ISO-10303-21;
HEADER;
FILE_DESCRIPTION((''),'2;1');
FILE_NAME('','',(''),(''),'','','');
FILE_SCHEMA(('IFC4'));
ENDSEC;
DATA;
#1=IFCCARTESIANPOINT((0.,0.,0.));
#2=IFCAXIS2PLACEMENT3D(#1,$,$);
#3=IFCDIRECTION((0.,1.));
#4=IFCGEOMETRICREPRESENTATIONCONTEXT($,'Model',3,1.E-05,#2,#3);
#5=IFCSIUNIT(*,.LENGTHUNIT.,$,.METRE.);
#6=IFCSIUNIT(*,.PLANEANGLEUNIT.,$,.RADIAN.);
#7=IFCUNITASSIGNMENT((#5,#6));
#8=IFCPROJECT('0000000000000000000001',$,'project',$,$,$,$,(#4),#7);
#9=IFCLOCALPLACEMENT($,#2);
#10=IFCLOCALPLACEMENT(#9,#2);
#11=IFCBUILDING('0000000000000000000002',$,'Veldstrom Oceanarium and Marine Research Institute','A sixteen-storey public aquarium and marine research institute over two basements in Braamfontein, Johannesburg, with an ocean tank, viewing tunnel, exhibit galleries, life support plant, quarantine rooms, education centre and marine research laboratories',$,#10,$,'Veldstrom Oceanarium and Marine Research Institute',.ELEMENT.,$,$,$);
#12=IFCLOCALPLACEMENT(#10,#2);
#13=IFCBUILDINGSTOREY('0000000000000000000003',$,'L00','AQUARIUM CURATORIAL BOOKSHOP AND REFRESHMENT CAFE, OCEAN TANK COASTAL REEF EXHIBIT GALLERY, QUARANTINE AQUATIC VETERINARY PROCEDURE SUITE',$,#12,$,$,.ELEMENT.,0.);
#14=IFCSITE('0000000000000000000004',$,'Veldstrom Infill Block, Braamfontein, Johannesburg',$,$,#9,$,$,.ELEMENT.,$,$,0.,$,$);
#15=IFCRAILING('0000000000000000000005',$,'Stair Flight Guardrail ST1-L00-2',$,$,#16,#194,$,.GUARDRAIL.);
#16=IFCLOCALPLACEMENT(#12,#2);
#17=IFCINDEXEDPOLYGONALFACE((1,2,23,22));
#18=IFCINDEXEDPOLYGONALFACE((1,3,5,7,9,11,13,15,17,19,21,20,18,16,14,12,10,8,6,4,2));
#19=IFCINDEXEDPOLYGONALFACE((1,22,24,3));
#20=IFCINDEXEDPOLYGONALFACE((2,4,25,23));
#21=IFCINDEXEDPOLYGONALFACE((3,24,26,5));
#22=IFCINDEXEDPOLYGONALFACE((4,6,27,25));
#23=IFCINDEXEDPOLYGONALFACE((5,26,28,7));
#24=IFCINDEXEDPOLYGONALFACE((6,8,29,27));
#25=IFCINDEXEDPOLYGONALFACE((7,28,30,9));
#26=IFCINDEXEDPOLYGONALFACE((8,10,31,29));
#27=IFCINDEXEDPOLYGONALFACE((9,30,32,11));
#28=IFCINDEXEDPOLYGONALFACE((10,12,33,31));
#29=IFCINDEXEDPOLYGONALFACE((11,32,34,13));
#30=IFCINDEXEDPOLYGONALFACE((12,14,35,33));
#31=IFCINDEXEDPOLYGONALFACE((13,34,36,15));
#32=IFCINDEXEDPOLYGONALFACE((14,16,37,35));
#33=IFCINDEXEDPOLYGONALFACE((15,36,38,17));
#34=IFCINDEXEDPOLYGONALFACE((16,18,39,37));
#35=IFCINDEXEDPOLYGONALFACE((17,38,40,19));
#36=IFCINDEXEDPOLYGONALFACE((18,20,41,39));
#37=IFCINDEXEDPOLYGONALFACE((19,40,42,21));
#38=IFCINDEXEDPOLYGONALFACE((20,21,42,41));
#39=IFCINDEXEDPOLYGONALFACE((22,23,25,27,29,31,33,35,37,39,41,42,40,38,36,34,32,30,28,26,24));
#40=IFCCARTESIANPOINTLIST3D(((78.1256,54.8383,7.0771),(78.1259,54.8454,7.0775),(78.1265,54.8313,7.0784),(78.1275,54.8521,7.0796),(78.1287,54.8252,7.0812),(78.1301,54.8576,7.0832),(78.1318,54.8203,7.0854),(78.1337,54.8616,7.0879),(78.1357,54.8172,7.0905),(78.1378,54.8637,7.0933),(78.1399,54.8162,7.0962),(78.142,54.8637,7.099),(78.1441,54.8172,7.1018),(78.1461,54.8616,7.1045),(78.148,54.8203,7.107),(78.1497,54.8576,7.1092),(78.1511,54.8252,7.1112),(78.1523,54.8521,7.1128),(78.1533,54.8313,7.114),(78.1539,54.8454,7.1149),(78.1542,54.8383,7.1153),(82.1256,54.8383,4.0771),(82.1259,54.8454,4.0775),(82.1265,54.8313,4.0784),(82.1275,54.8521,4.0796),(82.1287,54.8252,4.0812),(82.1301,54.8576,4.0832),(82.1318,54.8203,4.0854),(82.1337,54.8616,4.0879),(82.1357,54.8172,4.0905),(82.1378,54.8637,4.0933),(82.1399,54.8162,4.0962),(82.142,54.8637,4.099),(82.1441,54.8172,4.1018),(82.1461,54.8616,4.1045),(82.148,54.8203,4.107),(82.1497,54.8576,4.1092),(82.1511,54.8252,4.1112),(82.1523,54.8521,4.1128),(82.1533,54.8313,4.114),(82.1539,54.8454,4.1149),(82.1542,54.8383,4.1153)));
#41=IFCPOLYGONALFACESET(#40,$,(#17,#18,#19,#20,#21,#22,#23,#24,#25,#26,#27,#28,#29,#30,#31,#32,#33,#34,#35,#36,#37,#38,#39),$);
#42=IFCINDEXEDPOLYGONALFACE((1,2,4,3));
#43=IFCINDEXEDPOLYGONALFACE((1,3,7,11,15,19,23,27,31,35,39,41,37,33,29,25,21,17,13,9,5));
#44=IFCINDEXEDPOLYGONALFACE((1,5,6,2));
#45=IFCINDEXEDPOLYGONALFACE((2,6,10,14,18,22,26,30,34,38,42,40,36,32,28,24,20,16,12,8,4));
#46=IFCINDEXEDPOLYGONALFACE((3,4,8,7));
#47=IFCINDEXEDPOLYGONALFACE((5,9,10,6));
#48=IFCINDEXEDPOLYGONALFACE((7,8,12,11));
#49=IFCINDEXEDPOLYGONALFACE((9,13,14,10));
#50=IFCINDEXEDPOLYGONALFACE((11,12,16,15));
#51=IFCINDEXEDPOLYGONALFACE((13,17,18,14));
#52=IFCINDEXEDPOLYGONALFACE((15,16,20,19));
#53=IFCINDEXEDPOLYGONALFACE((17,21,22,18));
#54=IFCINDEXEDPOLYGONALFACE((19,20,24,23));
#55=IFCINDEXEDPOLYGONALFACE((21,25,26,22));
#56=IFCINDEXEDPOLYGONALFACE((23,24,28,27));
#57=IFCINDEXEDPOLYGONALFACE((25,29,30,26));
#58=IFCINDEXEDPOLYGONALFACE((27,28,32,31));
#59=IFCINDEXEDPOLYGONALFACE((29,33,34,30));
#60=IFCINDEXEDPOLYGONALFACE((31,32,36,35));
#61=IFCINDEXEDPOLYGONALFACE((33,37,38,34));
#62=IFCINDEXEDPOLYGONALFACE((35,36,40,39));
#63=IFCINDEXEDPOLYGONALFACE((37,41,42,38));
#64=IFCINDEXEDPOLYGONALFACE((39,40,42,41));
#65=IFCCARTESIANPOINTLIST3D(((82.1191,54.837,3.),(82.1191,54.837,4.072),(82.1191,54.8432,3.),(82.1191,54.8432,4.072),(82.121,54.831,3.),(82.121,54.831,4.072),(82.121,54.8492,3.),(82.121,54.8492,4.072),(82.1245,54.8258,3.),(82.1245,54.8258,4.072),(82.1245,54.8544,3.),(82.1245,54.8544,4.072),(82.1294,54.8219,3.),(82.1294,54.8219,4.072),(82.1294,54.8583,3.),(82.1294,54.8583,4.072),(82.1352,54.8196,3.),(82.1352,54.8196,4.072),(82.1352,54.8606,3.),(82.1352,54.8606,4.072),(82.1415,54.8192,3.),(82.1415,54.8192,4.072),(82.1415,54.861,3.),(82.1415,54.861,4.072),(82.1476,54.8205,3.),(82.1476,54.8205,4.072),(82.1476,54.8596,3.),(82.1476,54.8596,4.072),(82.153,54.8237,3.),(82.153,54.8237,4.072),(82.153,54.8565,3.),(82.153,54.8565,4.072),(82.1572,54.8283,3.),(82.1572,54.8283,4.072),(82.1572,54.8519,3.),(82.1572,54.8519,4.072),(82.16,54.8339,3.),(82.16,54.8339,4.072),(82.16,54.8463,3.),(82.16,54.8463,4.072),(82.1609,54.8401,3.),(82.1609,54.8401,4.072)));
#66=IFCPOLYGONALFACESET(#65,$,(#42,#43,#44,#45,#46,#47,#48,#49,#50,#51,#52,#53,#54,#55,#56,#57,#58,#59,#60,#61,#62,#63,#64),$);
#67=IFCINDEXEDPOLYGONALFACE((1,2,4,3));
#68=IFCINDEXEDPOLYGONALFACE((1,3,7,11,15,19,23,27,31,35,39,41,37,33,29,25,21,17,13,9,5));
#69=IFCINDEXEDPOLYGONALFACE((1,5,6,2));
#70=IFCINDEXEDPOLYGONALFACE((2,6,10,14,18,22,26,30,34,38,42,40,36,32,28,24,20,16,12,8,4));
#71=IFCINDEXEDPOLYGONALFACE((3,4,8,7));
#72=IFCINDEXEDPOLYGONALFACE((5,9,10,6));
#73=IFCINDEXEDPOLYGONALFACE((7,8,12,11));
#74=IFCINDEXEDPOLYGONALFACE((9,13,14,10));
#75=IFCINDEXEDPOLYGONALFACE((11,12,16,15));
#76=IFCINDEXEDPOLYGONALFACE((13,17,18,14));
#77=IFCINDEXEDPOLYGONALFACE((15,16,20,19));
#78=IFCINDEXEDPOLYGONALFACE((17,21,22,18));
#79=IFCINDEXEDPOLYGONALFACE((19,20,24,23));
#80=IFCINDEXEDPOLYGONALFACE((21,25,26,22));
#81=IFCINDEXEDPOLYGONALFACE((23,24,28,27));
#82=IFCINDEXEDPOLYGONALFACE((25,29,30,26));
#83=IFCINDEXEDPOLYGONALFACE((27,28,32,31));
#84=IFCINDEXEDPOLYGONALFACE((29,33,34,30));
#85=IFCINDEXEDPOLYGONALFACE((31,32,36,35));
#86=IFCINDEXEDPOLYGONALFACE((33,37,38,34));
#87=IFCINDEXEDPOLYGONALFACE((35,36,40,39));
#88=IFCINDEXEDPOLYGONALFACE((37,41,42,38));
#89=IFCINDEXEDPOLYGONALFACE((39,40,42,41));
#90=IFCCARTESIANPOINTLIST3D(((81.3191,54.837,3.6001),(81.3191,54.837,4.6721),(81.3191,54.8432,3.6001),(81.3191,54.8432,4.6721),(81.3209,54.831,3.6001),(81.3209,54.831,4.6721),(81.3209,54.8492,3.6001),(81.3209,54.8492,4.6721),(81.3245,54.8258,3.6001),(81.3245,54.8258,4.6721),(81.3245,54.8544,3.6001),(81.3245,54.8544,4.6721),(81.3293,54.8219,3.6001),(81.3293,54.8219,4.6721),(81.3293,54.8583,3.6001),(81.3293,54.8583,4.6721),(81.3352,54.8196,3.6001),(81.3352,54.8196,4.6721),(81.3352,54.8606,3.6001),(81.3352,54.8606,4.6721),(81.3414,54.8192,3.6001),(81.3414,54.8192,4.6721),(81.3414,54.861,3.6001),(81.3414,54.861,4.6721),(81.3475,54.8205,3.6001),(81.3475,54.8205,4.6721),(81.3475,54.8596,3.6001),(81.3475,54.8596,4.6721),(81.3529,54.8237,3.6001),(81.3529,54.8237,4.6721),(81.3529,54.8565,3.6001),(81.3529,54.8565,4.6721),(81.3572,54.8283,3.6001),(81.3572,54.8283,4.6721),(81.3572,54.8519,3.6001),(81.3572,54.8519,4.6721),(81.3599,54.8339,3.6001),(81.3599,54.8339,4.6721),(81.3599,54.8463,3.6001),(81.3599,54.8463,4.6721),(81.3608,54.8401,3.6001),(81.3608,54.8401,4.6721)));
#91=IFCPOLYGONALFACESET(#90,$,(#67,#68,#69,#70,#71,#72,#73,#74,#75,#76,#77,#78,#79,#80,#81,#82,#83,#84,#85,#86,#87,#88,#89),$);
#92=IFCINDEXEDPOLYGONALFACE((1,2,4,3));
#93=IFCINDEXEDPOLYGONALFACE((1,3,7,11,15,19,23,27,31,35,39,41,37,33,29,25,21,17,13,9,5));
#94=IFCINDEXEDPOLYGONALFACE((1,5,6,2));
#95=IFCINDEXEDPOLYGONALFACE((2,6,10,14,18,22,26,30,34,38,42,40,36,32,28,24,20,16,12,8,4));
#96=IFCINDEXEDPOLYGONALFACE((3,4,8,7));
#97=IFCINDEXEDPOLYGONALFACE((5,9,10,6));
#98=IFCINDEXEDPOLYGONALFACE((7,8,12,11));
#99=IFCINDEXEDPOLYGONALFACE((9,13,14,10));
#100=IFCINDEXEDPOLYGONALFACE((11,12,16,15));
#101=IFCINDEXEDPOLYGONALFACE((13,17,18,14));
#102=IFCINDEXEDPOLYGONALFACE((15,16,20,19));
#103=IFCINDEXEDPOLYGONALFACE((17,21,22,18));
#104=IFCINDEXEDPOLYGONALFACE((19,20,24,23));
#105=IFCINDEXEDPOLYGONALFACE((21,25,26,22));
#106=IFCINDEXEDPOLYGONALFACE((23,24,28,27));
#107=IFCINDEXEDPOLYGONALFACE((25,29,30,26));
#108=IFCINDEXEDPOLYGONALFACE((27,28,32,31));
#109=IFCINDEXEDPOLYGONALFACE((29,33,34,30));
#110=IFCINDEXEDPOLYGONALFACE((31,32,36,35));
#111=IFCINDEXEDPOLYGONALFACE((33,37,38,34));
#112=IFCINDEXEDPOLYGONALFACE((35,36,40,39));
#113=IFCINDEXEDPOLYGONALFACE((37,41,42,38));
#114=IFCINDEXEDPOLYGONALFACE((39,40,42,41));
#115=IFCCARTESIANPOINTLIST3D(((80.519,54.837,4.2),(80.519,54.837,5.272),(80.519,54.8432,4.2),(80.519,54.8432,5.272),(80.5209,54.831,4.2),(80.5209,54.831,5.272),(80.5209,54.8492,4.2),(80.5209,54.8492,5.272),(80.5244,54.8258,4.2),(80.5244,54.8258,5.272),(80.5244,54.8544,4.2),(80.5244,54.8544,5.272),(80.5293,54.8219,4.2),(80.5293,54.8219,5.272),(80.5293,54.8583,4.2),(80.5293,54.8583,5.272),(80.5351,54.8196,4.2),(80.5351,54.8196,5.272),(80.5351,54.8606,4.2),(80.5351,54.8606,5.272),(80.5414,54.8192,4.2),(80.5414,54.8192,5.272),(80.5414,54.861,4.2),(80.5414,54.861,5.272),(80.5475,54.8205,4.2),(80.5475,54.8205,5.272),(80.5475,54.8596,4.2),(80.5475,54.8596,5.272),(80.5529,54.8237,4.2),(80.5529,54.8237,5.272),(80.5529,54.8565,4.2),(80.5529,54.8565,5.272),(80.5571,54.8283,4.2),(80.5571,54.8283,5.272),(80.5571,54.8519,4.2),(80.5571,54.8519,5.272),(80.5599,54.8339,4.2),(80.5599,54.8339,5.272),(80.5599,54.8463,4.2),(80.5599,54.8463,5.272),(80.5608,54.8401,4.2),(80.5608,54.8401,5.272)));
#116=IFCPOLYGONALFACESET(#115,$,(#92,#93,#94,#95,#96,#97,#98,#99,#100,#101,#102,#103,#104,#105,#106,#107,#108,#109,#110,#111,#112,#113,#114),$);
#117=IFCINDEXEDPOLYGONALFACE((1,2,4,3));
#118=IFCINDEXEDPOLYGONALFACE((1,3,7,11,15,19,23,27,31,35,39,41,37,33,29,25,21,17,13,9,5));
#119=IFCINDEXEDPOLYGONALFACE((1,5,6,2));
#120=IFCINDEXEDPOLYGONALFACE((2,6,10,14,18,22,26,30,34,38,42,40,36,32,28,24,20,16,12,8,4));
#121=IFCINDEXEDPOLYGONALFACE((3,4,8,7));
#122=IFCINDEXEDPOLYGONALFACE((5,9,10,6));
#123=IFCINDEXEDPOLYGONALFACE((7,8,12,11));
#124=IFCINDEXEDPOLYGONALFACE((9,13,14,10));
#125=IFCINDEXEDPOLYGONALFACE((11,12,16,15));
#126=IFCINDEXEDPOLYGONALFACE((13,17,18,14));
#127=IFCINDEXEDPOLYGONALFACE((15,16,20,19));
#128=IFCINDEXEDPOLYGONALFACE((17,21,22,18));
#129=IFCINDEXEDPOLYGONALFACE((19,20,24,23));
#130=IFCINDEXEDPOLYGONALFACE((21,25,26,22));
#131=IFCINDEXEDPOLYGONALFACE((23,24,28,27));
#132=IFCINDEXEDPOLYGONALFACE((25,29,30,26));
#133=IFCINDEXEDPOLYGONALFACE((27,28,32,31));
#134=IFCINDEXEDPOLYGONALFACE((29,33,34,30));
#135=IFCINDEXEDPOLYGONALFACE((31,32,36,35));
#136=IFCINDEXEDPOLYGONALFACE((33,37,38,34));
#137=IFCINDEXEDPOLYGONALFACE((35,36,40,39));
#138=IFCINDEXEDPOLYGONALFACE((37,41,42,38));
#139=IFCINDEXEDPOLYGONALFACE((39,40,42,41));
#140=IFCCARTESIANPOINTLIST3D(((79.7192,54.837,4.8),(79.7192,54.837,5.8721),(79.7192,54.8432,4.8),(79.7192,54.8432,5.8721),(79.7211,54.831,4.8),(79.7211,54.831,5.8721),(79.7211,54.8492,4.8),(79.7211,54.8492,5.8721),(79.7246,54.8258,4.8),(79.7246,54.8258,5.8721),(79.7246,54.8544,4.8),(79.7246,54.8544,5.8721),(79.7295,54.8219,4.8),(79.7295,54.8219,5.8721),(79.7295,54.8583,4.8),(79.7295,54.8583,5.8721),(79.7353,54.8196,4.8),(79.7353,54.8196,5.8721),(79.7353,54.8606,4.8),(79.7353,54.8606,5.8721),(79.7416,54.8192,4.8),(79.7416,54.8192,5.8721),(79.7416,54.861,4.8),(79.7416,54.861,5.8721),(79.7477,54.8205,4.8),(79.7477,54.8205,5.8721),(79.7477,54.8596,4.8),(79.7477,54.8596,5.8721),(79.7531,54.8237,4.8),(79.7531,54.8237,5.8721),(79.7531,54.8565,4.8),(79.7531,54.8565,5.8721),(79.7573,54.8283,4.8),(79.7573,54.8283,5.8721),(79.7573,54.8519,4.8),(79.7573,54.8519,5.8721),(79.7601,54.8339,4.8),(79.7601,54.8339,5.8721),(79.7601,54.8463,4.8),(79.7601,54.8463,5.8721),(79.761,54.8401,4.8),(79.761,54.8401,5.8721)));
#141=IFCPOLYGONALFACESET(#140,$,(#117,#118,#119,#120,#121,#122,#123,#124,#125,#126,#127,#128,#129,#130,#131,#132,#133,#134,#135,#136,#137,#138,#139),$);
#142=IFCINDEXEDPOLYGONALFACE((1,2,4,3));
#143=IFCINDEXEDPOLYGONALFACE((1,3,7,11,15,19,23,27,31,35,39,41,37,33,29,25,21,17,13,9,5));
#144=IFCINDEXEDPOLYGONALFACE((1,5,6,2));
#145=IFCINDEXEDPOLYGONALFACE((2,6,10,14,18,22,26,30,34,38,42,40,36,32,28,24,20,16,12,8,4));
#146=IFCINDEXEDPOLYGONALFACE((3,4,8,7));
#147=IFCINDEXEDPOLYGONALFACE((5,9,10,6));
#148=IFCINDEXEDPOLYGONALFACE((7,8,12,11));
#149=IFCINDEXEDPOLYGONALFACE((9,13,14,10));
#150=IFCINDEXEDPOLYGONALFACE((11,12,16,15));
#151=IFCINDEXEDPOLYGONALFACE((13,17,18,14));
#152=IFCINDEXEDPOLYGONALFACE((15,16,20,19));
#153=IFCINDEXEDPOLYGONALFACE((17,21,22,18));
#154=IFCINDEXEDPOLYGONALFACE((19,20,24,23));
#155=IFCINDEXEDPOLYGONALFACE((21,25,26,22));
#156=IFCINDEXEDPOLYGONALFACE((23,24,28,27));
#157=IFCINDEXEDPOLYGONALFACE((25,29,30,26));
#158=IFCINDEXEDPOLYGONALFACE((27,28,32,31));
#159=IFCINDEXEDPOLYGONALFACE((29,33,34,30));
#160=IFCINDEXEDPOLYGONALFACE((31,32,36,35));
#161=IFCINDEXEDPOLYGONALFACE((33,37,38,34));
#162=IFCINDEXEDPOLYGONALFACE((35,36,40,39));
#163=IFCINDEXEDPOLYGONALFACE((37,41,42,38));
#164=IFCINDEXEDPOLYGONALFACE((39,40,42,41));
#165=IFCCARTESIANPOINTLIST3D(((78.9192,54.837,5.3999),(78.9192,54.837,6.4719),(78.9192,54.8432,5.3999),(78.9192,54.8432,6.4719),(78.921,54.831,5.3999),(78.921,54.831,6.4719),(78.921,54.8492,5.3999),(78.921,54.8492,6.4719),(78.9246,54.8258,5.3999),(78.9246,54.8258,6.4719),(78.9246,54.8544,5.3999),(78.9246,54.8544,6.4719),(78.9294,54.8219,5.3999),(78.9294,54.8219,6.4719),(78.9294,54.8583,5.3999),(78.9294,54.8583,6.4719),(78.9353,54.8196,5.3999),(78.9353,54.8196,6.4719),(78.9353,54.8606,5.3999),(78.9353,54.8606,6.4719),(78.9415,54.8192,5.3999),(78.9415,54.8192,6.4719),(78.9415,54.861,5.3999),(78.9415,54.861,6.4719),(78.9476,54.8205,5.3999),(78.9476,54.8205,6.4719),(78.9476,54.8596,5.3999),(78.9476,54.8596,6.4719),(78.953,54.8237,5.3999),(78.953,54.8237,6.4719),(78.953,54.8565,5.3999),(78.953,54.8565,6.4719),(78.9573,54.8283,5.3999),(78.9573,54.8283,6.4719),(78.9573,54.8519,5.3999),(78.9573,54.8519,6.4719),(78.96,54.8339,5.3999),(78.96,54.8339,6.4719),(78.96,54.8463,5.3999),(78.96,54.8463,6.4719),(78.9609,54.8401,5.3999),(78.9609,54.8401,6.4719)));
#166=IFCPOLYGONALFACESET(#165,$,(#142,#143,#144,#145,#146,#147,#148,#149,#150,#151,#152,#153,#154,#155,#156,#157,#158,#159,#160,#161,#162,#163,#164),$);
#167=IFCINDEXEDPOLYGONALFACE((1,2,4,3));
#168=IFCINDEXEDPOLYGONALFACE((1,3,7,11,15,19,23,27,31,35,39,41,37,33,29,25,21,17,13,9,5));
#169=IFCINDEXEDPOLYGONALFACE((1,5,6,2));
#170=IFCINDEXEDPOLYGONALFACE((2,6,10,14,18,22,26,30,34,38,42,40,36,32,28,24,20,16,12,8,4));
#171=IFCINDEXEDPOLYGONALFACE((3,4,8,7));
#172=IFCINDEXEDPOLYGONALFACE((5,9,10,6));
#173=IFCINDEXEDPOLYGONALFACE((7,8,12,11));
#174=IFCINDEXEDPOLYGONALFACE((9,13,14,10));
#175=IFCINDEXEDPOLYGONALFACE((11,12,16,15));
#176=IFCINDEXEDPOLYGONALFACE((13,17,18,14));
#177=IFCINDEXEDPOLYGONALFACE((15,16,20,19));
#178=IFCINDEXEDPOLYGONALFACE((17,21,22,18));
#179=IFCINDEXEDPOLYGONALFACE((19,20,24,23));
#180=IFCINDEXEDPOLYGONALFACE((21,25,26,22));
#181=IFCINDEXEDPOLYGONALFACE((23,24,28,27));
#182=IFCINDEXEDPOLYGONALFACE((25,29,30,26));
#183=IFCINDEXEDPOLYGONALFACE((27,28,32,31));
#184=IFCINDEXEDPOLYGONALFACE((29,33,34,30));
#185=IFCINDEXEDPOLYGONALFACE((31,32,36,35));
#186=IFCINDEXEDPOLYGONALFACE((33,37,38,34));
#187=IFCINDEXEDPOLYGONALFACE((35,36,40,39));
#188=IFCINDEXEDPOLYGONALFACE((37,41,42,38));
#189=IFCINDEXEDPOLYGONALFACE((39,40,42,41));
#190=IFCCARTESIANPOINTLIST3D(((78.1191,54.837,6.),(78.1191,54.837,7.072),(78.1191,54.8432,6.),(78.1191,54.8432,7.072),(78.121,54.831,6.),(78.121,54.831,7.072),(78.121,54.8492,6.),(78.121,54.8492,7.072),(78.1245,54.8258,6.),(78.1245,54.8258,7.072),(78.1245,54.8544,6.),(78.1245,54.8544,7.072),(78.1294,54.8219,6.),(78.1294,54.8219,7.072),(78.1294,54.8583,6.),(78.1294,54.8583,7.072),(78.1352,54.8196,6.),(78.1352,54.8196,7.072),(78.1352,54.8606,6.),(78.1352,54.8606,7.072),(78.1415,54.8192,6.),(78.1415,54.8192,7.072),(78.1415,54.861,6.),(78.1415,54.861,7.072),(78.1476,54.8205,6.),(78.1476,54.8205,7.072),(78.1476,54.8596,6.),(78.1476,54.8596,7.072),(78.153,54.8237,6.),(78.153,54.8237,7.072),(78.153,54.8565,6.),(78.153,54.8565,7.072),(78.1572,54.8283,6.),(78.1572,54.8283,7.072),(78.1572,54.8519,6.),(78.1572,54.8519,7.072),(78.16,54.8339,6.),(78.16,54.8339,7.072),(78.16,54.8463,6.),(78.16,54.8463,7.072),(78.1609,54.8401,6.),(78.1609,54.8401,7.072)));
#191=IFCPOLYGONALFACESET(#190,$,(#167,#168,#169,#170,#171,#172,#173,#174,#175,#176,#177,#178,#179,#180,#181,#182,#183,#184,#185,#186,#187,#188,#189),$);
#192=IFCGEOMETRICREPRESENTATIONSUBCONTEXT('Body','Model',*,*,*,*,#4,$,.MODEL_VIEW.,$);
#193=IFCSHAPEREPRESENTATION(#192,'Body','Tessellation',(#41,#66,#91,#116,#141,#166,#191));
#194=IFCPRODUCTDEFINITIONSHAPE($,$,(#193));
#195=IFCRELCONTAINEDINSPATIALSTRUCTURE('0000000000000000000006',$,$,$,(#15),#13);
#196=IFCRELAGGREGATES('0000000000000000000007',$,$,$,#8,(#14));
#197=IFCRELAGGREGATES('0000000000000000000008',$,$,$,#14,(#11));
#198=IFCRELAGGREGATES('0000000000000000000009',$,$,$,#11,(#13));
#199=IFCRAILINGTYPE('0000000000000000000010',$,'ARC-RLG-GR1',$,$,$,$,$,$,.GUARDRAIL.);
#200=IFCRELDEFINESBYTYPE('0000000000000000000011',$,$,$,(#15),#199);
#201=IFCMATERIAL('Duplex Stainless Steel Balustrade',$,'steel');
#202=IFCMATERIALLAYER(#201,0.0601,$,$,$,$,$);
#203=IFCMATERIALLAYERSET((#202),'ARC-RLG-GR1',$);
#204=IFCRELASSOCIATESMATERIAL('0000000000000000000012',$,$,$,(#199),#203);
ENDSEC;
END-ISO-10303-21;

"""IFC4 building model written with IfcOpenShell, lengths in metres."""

from ifc_helpers import new_model, si_unit, direction, frame, origin, origin_2d, place, context, subcontext, project, spatial, circle, extrude, material, layer, layer_set, type_object, element, save


model = new_model("IFC4")

# Units and contexts
model_context = context("Model", 3, precision=1e-05, world=origin(), true_north=direction((0.0, 1.0)))
body_context = subcontext(model_context, "Body", "Model", "MODEL_VIEW")
ifc_project = project(units=[si_unit("LENGTHUNIT", "METRE"), si_unit("PLANEANGLEUNIT", "RADIAN")], contexts=[model_context])

# Site, building, storey
site_placement = place(None, origin())
site = spatial("IfcSite", under=ifc_project, at=site_placement, Name="Veldstrom Infill Block, Braamfontein, Johannesburg", CompositionType="ELEMENT", RefElevation=0.0)
building_placement = place(site_placement, origin())
building = spatial("IfcBuilding", under=site, at=building_placement, Name="Veldstrom Oceanarium and Marine Research Institute", Description="A sixteen-storey public aquarium and marine research institute over two basements in Braamfontein, Johannesburg, with an ocean tank, viewing tunnel, exhibit galleries, life support plant, quarantine rooms, education centre and marine research laboratories", LongName="Veldstrom Oceanarium and Marine Research Institute", CompositionType="ELEMENT")
storey_placement = place(building_placement, origin())
storey = spatial("IfcBuildingStorey", under=building, at=storey_placement, Name="L00", Description="AQUARIUM CURATORIAL BOOKSHOP AND REFRESHMENT CAFE, OCEAN TANK COASTAL REEF EXHIBIT GALLERY, QUARANTINE AQUATIC VETERINARY PROCEDURE SUITE", CompositionType="ELEMENT", Elevation=0.0)

# Railing
ifc_material_1 = material(Name="Duplex Stainless Steel Balustrade", Category="steel")
ifc_layer_1 = layer(ifc_material_1, 0.0601)
ifc_layer_set_1 = layer_set([ifc_layer_1], Name="ARC-RLG-GR1")
railing_type_1 = type_object("IfcRailingType", Name="ARC-RLG-GR1", PredefinedType="GUARDRAIL", material=ifc_layer_set_1)
railing_1_placement = place(storey_placement, frame((82.1399, 54.8401, 3.0)))
element("IfcRailing", 1, at=railing_1_placement, inside=storey, type_object=railing_type_1, Name="Stair Flight Guardrail ST1-L00-2", PredefinedType="GUARDRAIL", context=body_context, shape_type="SweptSolid", body=[
    extrude(circle(Radius=0.0239, at=origin_2d()), frame((0.0, 0.0, 1.0962), z_axis=(-0.8, 0.0, 0.6), x_axis=(0.0, -1.0, 0.0)), (0.0, 0.0, 1.0), 5.0),
    extrude(circle(Radius=0.021, at=origin_2d()), origin(), (0.0, 0.0, 1.0), 1.072),
    extrude(circle(Radius=0.021, at=origin_2d()), frame((-0.8, 0.0, 0.6001)), (0.0, 0.0, 1.0), 1.072),
    extrude(circle(Radius=0.021, at=origin_2d()), frame((-1.6001, 0.0, 1.2)), (0.0, 0.0, 1.0), 1.072),
    extrude(circle(Radius=0.021, at=origin_2d()), frame((-2.3999, 0.0, 1.8)), (0.0, 0.0, 1.0), 1.072),
    extrude(circle(Radius=0.021, at=origin_2d()), frame((-3.2, 0.0, 2.3999)), (0.0, 0.0, 1.0), 1.072),
    extrude(circle(Radius=0.021, at=origin_2d()), frame((-4.0, 0.0, 3.0)), (0.0, 0.0, 1.0), 1.072),
])

save(model, "model.ifc")
